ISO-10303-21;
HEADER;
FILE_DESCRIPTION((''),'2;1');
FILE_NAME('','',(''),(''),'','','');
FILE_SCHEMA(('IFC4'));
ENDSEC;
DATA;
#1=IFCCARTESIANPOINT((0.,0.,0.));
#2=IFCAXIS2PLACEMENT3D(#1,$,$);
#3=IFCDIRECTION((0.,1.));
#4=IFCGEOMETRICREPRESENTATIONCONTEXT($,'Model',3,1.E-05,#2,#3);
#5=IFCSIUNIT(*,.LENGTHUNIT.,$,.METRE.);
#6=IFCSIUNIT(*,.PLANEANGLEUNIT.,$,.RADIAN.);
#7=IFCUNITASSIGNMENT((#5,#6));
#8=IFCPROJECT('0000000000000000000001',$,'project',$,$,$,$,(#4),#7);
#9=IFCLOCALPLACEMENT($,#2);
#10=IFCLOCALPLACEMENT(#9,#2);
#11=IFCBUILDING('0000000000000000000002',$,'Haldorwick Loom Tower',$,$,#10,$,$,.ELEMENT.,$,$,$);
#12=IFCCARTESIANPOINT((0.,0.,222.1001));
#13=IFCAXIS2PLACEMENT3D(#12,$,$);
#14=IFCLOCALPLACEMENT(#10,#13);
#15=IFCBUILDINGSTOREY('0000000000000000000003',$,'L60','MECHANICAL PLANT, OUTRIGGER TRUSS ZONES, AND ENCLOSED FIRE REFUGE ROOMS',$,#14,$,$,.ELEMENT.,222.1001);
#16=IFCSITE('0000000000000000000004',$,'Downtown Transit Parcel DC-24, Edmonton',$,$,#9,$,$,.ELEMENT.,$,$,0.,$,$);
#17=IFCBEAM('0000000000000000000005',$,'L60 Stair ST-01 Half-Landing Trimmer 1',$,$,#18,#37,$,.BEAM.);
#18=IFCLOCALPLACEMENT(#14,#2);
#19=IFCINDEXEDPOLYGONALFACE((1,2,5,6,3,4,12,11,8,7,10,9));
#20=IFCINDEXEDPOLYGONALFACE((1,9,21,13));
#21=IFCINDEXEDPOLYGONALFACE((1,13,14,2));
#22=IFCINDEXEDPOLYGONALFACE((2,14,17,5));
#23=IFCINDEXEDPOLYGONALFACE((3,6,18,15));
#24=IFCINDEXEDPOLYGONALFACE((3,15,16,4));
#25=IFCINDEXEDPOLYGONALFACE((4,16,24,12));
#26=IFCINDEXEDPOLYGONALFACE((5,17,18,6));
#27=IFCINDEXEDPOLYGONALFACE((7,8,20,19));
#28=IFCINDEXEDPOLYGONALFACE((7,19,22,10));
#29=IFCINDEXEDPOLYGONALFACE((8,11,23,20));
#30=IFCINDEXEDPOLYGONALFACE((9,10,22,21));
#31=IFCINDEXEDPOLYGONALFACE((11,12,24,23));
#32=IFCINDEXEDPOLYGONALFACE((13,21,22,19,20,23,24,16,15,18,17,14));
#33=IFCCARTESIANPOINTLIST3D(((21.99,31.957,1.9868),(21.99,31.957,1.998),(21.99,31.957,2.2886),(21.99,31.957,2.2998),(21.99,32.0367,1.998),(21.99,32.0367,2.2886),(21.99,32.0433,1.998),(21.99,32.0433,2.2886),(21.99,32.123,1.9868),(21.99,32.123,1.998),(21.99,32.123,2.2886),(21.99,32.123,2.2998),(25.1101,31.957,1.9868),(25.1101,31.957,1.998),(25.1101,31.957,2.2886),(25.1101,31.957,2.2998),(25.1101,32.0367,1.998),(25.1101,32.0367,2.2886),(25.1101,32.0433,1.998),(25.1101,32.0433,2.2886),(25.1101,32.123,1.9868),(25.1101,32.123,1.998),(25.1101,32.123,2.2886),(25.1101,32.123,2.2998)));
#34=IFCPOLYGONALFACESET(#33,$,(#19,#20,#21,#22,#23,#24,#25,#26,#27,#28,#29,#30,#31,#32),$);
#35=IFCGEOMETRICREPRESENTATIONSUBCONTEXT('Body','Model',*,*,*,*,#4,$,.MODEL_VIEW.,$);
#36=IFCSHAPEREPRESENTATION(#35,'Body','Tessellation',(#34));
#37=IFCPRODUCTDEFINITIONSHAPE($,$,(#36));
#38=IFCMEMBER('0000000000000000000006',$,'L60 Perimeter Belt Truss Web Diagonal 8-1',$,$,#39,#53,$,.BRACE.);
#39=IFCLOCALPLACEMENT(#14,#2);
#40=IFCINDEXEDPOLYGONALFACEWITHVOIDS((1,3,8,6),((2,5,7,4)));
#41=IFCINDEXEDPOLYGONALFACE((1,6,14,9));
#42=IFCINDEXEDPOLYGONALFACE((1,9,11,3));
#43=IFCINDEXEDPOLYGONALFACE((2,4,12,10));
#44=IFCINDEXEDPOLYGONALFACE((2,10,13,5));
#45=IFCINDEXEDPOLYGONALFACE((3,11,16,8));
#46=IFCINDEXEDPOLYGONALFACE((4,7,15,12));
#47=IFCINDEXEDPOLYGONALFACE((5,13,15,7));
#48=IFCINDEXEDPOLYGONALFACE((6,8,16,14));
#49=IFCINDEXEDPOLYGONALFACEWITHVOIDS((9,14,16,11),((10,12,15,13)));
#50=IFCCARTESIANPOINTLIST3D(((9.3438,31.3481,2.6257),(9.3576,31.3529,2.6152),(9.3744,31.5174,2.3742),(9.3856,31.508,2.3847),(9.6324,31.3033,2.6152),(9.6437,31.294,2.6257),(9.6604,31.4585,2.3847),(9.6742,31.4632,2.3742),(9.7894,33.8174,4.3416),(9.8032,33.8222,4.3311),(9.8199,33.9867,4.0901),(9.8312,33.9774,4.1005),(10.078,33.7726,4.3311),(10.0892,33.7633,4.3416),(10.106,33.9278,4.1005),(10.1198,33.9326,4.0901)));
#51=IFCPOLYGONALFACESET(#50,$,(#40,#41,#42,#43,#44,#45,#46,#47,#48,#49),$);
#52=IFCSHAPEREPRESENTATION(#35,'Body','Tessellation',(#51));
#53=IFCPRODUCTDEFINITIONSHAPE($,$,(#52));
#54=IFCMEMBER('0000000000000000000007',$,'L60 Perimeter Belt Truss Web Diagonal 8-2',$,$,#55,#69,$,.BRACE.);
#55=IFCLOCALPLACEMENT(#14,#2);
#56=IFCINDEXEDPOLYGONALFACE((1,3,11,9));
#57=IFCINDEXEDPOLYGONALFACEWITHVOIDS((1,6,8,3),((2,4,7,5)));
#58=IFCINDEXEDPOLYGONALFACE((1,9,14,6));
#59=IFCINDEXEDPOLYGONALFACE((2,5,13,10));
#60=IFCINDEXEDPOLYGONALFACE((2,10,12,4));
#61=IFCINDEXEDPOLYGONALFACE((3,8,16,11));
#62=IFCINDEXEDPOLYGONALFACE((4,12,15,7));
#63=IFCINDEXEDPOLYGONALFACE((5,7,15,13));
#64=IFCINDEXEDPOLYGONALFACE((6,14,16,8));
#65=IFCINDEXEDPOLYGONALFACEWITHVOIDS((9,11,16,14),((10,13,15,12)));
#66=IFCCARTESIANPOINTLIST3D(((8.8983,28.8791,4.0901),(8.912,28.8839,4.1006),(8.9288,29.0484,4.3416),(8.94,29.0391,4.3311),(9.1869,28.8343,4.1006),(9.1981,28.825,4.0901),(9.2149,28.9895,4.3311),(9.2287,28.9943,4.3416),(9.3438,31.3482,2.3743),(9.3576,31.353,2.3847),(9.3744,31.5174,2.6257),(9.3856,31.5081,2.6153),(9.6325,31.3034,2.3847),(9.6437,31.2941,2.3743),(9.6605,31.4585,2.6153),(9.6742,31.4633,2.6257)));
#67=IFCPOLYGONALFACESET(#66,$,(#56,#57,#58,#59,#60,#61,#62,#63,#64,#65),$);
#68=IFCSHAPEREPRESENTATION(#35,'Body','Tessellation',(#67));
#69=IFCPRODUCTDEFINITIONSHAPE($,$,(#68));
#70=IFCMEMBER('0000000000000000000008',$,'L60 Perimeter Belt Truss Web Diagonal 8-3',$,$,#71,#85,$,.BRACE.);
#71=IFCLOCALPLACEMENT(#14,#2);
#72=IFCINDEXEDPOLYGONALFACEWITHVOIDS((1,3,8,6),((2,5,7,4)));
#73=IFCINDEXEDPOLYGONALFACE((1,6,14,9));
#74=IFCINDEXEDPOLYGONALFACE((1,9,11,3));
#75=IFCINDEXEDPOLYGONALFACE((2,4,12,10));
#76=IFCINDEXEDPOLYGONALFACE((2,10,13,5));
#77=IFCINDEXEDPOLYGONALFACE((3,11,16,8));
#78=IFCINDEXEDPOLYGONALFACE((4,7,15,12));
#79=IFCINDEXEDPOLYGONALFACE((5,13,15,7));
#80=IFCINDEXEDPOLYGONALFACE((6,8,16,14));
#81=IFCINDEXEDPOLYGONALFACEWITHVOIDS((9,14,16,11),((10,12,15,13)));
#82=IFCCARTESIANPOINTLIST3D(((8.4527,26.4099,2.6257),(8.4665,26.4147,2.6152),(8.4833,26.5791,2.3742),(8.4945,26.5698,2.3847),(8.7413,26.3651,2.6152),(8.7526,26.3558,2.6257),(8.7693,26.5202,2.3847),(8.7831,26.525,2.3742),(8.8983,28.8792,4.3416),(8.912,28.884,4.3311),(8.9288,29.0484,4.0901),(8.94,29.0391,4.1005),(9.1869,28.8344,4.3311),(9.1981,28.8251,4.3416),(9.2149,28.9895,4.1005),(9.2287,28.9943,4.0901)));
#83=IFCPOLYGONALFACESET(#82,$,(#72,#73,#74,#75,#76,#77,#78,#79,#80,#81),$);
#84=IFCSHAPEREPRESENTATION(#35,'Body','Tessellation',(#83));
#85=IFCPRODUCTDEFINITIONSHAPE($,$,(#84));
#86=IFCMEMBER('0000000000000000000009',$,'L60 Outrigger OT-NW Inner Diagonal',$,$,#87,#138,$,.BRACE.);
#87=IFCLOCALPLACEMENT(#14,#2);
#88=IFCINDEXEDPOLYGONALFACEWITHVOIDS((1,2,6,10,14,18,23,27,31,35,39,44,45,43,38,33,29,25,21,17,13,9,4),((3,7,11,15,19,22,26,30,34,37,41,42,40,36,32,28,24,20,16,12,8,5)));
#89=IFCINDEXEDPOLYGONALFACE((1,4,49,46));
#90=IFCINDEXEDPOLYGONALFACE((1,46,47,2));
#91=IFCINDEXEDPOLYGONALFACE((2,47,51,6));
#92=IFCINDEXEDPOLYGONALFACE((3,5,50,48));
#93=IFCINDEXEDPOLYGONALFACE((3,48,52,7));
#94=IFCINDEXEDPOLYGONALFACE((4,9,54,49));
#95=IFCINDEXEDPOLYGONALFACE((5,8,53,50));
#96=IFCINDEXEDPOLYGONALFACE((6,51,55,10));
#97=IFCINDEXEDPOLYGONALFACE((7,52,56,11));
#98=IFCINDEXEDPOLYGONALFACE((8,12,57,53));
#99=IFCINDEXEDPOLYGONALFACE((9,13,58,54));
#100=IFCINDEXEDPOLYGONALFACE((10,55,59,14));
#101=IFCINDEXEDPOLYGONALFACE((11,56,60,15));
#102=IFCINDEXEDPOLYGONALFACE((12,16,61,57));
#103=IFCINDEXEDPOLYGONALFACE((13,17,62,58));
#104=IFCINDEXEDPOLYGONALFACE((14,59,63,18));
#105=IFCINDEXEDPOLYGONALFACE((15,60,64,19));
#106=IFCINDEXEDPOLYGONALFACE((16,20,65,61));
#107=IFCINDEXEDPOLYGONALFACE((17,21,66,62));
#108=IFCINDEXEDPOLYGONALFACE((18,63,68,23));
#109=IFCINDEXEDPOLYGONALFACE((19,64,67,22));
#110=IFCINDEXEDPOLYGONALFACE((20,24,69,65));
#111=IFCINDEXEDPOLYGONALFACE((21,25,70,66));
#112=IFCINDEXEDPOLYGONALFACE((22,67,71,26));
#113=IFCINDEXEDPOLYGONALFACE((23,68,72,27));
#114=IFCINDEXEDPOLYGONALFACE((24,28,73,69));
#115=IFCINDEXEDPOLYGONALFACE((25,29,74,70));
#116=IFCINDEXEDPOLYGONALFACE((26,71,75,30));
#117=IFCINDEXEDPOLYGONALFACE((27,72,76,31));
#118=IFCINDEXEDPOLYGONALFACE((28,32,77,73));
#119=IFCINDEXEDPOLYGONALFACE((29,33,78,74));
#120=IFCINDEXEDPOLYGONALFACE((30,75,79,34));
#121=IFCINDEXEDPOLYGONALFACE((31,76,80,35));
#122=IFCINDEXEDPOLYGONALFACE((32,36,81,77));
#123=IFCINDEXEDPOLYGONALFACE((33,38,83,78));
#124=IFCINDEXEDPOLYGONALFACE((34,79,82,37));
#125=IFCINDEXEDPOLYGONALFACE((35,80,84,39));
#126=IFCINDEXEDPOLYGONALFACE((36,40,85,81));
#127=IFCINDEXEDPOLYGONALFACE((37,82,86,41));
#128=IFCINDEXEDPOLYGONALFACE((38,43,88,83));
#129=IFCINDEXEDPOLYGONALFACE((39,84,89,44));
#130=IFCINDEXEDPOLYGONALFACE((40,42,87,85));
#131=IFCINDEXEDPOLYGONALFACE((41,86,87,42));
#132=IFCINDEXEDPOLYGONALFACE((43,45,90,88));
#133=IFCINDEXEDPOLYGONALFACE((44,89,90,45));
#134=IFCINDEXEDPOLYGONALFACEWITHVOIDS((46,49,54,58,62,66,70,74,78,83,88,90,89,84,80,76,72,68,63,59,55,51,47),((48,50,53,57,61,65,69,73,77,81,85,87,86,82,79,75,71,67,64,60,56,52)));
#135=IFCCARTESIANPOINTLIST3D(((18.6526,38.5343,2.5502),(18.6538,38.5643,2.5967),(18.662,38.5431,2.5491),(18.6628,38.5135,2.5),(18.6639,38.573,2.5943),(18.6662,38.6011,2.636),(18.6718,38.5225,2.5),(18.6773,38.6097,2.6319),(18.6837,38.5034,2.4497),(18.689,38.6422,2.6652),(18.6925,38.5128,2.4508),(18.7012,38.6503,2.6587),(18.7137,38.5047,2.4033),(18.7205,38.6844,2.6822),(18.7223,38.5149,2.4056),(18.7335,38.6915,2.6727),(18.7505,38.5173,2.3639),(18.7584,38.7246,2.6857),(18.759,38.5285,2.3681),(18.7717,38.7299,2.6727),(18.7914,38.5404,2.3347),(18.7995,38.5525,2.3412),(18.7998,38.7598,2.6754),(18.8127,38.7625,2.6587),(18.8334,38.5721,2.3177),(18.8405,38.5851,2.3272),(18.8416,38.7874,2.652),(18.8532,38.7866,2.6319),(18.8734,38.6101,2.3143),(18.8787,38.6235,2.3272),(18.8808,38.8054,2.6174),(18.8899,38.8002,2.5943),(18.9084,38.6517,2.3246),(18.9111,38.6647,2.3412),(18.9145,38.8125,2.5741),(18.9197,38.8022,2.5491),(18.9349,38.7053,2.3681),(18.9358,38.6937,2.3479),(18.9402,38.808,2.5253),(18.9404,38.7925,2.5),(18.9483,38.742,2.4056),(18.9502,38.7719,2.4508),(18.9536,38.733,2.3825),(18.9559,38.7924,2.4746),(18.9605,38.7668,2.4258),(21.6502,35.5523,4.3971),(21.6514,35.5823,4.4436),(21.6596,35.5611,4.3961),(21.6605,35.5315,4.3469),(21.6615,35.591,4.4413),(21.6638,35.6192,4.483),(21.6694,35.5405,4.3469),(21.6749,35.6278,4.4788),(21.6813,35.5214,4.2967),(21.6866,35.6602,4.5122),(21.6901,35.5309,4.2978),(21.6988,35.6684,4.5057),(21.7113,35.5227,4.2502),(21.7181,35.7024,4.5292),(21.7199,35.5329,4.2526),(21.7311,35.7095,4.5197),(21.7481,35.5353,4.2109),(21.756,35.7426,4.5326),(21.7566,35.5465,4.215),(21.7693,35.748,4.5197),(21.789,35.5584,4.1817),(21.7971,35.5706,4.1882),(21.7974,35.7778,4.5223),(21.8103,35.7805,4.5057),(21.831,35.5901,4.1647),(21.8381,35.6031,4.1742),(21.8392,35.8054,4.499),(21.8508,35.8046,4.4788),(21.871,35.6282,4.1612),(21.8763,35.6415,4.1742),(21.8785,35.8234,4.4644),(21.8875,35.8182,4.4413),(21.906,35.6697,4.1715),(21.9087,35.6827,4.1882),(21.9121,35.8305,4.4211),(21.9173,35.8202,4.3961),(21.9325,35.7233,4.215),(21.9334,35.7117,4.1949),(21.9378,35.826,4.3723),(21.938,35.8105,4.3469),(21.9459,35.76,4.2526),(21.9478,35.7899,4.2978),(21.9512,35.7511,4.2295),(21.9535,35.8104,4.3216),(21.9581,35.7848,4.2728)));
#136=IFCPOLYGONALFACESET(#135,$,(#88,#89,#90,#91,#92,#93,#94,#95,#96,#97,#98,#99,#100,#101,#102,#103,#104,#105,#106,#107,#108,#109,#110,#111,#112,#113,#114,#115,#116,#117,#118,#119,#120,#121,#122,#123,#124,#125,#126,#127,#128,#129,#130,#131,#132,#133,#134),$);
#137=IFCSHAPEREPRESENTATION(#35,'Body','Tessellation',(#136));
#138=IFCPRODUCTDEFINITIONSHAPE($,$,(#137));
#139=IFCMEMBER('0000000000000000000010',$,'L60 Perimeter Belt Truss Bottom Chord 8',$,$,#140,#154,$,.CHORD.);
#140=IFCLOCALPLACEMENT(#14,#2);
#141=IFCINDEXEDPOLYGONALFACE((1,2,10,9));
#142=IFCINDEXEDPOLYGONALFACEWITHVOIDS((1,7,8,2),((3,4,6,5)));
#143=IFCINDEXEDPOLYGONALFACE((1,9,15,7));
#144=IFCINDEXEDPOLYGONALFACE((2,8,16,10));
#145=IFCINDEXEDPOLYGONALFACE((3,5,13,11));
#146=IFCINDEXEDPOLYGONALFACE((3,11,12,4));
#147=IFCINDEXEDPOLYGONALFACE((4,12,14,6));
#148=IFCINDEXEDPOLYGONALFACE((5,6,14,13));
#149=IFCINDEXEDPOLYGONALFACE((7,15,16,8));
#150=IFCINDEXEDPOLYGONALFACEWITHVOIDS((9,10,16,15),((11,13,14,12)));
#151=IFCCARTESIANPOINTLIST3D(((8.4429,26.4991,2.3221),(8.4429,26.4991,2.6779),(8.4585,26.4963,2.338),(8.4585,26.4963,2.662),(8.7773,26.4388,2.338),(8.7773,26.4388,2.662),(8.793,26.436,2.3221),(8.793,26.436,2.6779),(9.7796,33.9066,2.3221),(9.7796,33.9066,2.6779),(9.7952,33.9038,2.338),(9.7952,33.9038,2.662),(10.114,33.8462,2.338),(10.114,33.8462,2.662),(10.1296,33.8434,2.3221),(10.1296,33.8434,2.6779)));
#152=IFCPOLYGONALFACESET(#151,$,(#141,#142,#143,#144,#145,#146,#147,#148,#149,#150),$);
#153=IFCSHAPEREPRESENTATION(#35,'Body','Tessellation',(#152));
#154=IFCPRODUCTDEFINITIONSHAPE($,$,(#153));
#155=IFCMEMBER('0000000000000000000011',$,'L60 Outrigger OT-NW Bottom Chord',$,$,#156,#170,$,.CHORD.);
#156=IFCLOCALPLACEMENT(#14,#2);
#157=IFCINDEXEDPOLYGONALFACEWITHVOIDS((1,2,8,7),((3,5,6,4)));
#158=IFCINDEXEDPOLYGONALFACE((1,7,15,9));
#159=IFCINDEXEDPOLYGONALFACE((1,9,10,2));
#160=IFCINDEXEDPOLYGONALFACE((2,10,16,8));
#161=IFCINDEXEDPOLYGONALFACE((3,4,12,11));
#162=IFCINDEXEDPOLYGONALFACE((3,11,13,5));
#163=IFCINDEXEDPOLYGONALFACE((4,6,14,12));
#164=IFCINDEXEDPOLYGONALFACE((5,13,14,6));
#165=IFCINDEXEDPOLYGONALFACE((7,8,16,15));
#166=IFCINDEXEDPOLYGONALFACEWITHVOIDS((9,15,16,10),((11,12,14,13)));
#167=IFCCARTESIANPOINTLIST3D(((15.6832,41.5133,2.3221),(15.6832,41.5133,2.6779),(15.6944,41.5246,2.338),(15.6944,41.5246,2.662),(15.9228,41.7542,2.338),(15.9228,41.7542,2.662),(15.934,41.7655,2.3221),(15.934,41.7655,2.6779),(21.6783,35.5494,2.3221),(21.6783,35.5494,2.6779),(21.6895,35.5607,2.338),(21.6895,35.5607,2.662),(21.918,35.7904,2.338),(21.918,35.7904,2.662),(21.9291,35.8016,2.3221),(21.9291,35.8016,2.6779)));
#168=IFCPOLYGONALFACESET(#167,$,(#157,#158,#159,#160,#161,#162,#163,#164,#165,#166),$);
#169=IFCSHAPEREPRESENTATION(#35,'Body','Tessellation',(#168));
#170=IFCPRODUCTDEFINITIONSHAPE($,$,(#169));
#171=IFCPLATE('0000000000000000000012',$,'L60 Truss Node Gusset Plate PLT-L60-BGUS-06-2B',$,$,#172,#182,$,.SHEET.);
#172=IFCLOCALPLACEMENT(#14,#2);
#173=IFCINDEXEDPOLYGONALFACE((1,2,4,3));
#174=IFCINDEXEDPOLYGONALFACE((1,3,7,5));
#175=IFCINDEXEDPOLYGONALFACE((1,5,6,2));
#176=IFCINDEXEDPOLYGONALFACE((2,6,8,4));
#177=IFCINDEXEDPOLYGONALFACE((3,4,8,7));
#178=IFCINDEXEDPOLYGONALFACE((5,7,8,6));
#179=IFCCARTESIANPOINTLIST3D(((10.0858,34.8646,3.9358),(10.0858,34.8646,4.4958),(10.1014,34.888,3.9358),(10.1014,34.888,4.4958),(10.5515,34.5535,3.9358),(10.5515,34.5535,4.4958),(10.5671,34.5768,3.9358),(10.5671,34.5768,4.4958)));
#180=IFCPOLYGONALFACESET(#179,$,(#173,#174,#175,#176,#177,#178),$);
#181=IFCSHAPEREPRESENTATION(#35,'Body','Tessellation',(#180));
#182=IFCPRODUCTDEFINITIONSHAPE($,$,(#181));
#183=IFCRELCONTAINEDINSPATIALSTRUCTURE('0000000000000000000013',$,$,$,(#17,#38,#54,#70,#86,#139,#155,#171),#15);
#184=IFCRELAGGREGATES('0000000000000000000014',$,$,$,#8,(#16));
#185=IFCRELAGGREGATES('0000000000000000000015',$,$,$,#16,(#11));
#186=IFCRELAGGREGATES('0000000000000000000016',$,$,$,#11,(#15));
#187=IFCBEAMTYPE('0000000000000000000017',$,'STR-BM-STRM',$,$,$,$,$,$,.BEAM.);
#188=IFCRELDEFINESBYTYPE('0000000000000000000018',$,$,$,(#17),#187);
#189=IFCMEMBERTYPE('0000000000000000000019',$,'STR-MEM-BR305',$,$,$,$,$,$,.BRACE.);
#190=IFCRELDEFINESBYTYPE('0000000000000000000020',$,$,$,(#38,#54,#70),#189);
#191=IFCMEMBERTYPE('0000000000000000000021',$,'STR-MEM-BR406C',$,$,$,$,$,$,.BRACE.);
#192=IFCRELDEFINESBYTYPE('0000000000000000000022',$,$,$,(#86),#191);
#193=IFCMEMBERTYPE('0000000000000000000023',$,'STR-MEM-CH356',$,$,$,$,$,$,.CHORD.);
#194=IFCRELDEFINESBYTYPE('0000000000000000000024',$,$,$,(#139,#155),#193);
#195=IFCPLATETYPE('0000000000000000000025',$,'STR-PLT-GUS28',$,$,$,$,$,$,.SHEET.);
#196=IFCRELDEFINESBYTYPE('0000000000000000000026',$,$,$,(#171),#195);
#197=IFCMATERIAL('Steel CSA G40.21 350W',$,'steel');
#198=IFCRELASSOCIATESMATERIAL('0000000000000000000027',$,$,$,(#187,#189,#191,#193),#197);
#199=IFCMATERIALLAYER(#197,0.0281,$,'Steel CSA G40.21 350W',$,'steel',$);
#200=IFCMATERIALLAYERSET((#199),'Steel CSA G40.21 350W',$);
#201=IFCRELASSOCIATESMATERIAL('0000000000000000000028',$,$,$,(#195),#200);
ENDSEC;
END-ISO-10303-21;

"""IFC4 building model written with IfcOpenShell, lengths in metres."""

from ifc_helpers import new_model, si_unit, direction, frame, origin, origin_2d, place, context, subcontext, project, spatial, rectangle, hollow_rectangle, hollow_circle, i_section, extrude, material, layer, layer_set, material_profile, profile_set, type_object, element, save


model = new_model("IFC4")

# Units and contexts
model_context = context("Model", 3, precision=1e-05, world=origin(), true_north=direction((0.0, 1.0)))
body_context = subcontext(model_context, "Body", "Model", "MODEL_VIEW")
ifc_project = project(units=[si_unit("LENGTHUNIT", "METRE"), si_unit("PLANEANGLEUNIT", "RADIAN")], contexts=[model_context])

# Site, building, storey
site_placement = place(None, origin())
site = spatial("IfcSite", under=ifc_project, at=site_placement, Name="Downtown Transit Parcel DC-24, Edmonton", CompositionType="ELEMENT", RefElevation=0.0)
building_placement = place(site_placement, origin())
building = spatial("IfcBuilding", under=site, at=building_placement, Name="Haldorwick Loom Tower", CompositionType="ELEMENT")
storey_placement = place(building_placement, frame((0.0, 0.0, 222.1001)))
storey = spatial("IfcBuildingStorey", under=building, at=storey_placement, Name="L60", Description="MECHANICAL PLANT, OUTRIGGER TRUSS ZONES, AND ENCLOSED FIRE REFUGE ROOMS", CompositionType="ELEMENT", Elevation=222.1001)

# Shared definitions
ifc_material_1 = material(Name="Steel CSA G40.21 350W", Category="steel")

# Beam
ifc_material_profile_1 = material_profile(ifc_material_1, i_section(OverallWidth=0.166, OverallDepth=0.313, WebThickness=0.0066, FlangeThickness=0.0112, at=origin_2d()), Name="W310X45", Category="steel")
ifc_profile_set_1 = profile_set([ifc_material_profile_1], Name="Steel CSA G40.21 350W")
beam_type_1 = type_object("IfcBeamType", Name="STR-BM-STRM", PredefinedType="BEAM", material=ifc_profile_set_1)
beam_1_placement = place(storey_placement, frame((21.99, 32.04, 2.1433), z_axis=(1.0, 0.0, 0.0), x_axis=(0.0, 1.0, 0.0)))
element("IfcBeam", 1, at=beam_1_placement, inside=storey, type_object=beam_type_1, Name="L60 Stair ST-01 Half-Landing Trimmer 1", PredefinedType="BEAM", context=body_context, shape_type="SweptSolid", body=[
    extrude(i_section(OverallWidth=0.166, OverallDepth=0.313, WebThickness=0.0066, FlangeThickness=0.0112, at=origin_2d()), origin(), (0.0, 0.0, 1.0), 3.1201),
])

# Members
ifc_material_profile_2 = material_profile(ifc_material_1, hollow_rectangle(XDim=0.3047, YDim=0.3047, WallThickness=0.0127, at=origin_2d()), Name="HSS305X305X13", Category="steel")
ifc_profile_set_2 = profile_set([ifc_material_profile_2], Name="Steel CSA G40.21 350W")
member_type_1 = type_object("IfcMemberType", Name="STR-MEM-BR305", PredefinedType="BRACE", material=ifc_profile_set_2)
member_1_placement = place(storey_placement, frame((9.9546, 33.875, 4.2158), z_axis=(-0.14658, -0.812333, -0.564473), x_axis=(0.984107, -0.177575, 0.0)))
element("IfcMember", 2, at=member_1_placement, inside=storey, type_object=member_type_1, Name="L60 Perimeter Belt Truss Web Diagonal 8-1", PredefinedType="BRACE", context=body_context, shape_type="SweptSolid", body=[
    extrude(hollow_rectangle(XDim=0.3047, YDim=0.3047, WallThickness=0.0127, at=origin_2d()), origin(), (0.0, 0.0, 1.0), 3.0398),
])
member_2_placement = place(storey_placement, frame((9.509, 31.4058, 2.5), z_axis=(-0.146589, -0.812306, 0.56451), x_axis=(0.984104, -0.177592, 0.0)))
element("IfcMember", 3, at=member_2_placement, inside=storey, type_object=member_type_1, Name="L60 Perimeter Belt Truss Web Diagonal 8-2", PredefinedType="BRACE", context=body_context, shape_type="SweptSolid", body=[
    extrude(hollow_rectangle(XDim=0.3047, YDim=0.3047, WallThickness=0.0127, at=origin_2d()), origin(), (0.0, 0.0, 1.0), 3.0396),
])
member_3_placement = place(storey_placement, frame((9.0635, 28.9368, 4.2158), z_axis=(-0.14658, -0.812333, -0.564473), x_axis=(0.984107, -0.177575, 0.0)))
element("IfcMember", 4, at=member_3_placement, inside=storey, type_object=member_type_1, Name="L60 Perimeter Belt Truss Web Diagonal 8-3", PredefinedType="BRACE", context=body_context, shape_type="SweptSolid", body=[
    extrude(hollow_rectangle(XDim=0.3047, YDim=0.3047, WallThickness=0.0127, at=origin_2d()), origin(), (0.0, 0.0, 1.0), 3.0398),
])
ifc_material_profile_3 = material_profile(ifc_material_1, hollow_circle(Radius=0.2031, WallThickness=0.0127, at=origin_2d()), Name="HSS406X13", Category="steel")
ifc_profile_set_3 = profile_set([ifc_material_profile_3], Name="Steel CSA G40.21 350W")
member_type_2 = type_object("IfcMemberType", Name="STR-MEM-BR406C", PredefinedType="BRACE", material=ifc_profile_set_3)
member_4_placement = place(storey_placement, frame((21.8037, 35.6755, 4.3469), z_axis=(-0.649675, 0.646288, -0.400292), x_axis=(-0.705257, -0.708952, 0.0)))
element("IfcMember", 5, at=member_4_placement, inside=storey, type_object=member_type_2, Name="L60 Outrigger OT-NW Inner Diagonal", PredefinedType="BRACE", context=body_context, shape_type="SweptSolid", body=[
    extrude(hollow_circle(Radius=0.2031, WallThickness=0.0127, at=origin_2d()), origin(), (0.0, 0.0, 1.0), 4.614),
])
ifc_material_profile_4 = material_profile(ifc_material_1, hollow_rectangle(XDim=0.3557, YDim=0.3557, WallThickness=0.0159, at=origin_2d()), Name="HSS356X356X16", Category="steel")
ifc_profile_set_4 = profile_set([ifc_material_profile_4], Name="Steel CSA G40.21 350W")
member_type_3 = type_object("IfcMemberType", Name="STR-MEM-CH356", PredefinedType="CHORD", material=ifc_profile_set_4)
member_5_placement = place(storey_placement, frame((9.9546, 33.875, 2.5), z_axis=(-0.177581, -0.984106, 0.0), x_axis=(0.984106, -0.177581, 0.0)))
element("IfcMember", 6, at=member_5_placement, inside=storey, type_object=member_type_3, Name="L60 Perimeter Belt Truss Bottom Chord 8", PredefinedType="CHORD", context=body_context, shape_type="SweptSolid", body=[
    extrude(hollow_rectangle(XDim=0.3557, YDim=0.3557, WallThickness=0.0159, at=origin_2d()), origin(), (0.0, 0.0, 1.0), 7.5271),
])
member_6_placement = place(storey_placement, frame((21.8037, 35.6755, 2.5), z_axis=(-0.708952, 0.705257, 0.0), x_axis=(-0.705257, -0.708952, 0.0)))
element("IfcMember", 7, at=member_6_placement, inside=storey, type_object=member_type_3, Name="L60 Outrigger OT-NW Bottom Chord", PredefinedType="CHORD", context=body_context, shape_type="SweptSolid", body=[
    extrude(hollow_rectangle(XDim=0.3557, YDim=0.3557, WallThickness=0.0159, at=origin_2d()), origin(), (0.0, 0.0, 1.0), 8.4563),
])

# Plate
ifc_layer_1 = layer(ifc_material_1, 0.0281, Name="Steel CSA G40.21 350W", Category="steel")
ifc_layer_set_1 = layer_set([ifc_layer_1], Name="Steel CSA G40.21 350W")
plate_type = type_object("IfcPlateType", Name="STR-PLT-GUS28", PredefinedType="SHEET", material=ifc_layer_set_1)
for number, where, z_axis, x_axis, name in (
    (8, (10.3264, 34.7207, 3.9358), (0.0, 0.0, 1.0), (-0.83147, 0.55557, 0.0), "L60 Truss Node Gusset Plate PLT-L60-BGUS-06-2B"),
):
    element("IfcPlate", number, at=place(storey_placement, frame(where, z_axis=z_axis, x_axis=x_axis)), inside=storey, type_object=plate_type, Name=name, PredefinedType="SHEET", context=body_context, shape_type="SweptSolid", body=[
        extrude(rectangle(XDim=0.5601, YDim=0.0281, at=origin_2d()), origin(), (0.0, 0.0, 1.0), 0.5601),
    ])

save(model, "model.ifc")
